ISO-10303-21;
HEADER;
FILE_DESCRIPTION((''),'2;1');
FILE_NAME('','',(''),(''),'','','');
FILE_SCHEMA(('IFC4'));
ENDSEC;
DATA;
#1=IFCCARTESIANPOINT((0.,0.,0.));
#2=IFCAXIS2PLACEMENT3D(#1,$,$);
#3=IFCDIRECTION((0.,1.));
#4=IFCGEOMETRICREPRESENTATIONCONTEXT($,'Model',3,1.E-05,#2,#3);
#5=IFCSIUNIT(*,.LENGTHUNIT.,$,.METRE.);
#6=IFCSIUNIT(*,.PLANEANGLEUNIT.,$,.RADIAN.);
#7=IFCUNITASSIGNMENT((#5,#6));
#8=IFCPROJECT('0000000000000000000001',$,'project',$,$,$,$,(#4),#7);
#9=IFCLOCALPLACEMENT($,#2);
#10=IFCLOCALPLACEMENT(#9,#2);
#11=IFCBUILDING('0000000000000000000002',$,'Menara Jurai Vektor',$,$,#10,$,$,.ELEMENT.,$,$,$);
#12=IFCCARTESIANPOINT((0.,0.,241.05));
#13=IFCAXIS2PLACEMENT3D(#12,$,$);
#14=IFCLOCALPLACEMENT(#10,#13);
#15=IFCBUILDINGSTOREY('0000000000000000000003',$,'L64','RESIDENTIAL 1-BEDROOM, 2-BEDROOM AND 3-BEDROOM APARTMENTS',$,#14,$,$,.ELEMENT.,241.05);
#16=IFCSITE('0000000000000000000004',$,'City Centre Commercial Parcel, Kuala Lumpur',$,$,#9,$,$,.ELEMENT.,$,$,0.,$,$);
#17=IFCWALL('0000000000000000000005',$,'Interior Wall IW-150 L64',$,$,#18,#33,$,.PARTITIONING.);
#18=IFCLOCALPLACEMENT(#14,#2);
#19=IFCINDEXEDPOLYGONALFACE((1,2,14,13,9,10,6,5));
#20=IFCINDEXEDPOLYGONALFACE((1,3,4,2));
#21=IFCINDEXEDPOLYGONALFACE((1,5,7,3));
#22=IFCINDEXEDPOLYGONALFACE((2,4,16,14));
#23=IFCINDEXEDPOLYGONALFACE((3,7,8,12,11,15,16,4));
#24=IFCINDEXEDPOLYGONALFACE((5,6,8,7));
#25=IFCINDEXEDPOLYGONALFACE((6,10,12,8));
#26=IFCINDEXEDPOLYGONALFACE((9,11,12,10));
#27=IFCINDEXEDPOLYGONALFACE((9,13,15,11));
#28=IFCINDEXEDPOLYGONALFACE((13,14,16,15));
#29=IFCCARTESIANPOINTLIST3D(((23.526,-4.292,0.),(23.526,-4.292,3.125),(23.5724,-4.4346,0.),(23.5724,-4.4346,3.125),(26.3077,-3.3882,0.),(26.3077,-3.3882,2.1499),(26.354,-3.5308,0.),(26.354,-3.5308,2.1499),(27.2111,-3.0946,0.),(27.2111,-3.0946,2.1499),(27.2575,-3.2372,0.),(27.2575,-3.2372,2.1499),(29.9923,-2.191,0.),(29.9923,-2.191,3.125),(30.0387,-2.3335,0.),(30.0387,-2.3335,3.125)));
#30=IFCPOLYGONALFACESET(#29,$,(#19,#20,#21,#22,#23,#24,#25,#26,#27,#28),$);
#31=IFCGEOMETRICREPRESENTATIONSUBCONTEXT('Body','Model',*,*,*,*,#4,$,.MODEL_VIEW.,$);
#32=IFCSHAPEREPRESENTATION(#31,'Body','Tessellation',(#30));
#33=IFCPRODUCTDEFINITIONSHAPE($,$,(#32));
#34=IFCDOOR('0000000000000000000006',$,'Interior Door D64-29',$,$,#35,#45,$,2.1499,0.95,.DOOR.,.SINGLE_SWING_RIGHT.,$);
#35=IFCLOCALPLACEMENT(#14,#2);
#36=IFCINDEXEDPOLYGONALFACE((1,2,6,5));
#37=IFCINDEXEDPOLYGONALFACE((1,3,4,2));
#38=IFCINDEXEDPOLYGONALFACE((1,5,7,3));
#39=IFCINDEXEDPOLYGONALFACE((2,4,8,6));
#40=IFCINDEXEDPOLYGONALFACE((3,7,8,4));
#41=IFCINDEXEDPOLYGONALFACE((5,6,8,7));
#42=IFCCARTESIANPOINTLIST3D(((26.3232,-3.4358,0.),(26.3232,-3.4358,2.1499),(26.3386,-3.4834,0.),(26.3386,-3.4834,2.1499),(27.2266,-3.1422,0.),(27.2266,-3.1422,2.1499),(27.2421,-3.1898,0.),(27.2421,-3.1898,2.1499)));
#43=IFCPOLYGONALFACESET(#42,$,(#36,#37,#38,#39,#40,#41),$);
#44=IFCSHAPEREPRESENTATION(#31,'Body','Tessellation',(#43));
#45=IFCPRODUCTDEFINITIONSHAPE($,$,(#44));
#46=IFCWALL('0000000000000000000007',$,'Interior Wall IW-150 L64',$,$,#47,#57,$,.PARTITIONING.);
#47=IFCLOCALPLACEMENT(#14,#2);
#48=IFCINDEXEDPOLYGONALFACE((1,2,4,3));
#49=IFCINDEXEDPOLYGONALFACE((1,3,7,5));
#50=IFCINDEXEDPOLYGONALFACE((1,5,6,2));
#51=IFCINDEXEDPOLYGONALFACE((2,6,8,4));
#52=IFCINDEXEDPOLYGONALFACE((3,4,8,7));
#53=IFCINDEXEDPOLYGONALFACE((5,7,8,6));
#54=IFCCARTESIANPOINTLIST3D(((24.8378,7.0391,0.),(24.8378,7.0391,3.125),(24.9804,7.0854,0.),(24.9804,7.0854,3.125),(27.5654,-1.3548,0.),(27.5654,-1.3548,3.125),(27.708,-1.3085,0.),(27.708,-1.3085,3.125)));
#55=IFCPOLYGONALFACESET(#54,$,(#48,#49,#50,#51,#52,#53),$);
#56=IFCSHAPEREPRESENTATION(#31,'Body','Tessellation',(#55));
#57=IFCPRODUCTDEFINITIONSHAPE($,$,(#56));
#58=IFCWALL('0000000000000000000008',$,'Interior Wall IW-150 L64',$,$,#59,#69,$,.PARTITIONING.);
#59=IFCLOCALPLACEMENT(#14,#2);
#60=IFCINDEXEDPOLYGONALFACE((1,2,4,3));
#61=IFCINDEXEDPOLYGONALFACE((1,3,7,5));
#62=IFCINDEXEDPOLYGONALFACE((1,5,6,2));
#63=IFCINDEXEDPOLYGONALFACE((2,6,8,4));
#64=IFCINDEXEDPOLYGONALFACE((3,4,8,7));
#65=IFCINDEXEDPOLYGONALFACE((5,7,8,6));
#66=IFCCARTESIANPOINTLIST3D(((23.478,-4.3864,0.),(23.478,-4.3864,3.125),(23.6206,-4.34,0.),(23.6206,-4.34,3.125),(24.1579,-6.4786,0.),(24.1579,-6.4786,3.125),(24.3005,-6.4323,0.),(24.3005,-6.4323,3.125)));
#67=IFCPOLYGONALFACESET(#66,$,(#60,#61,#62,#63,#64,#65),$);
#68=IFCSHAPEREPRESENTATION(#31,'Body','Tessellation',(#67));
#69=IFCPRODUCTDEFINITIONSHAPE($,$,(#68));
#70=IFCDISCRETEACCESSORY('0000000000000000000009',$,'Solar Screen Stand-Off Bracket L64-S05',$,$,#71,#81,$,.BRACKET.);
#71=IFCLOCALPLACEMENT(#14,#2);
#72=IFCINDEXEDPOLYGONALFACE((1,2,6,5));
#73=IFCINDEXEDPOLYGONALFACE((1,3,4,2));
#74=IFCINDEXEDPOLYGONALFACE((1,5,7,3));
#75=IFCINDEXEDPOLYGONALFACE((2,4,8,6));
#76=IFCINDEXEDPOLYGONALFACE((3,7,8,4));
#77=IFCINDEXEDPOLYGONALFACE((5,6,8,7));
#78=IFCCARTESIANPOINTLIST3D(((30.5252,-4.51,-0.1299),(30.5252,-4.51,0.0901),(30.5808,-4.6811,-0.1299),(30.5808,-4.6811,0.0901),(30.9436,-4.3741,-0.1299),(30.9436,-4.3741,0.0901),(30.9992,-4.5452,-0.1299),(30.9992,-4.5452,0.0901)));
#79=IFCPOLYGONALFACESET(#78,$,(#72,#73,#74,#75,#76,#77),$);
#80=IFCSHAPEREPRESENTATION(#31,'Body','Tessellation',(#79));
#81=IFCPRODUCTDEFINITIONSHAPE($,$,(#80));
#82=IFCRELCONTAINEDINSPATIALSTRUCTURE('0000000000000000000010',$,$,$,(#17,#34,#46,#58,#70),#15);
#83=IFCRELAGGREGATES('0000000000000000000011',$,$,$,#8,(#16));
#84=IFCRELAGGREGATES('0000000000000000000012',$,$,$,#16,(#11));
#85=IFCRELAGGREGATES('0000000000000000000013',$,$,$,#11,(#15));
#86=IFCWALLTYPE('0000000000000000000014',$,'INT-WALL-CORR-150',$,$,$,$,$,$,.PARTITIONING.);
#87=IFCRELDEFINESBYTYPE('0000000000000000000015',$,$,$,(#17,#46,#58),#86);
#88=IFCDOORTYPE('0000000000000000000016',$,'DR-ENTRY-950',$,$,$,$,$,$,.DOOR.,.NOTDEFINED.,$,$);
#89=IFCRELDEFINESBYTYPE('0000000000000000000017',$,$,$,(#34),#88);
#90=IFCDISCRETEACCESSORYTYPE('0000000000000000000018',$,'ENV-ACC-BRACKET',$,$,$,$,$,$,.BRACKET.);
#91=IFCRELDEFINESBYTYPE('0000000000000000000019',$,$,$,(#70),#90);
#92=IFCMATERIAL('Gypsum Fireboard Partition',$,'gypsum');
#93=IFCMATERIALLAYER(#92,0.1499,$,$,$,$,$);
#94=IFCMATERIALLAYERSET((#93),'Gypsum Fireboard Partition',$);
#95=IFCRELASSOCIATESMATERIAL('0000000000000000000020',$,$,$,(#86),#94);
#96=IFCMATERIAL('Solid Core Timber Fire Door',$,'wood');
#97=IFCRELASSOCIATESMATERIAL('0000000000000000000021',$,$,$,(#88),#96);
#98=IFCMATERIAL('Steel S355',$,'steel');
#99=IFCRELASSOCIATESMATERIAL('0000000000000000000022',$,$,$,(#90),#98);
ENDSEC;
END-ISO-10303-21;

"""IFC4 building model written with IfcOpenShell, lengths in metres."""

from ifc_helpers import new_model, si_unit, direction, frame, frame_2d, origin, origin_2d, place, context, subcontext, project, spatial, rectangle, extrude, material, layer, layer_set, type_object, element, fill, save


model = new_model("IFC4")

# Units and contexts
model_context = context("Model", 3, precision=1e-05, world=origin(), true_north=direction((0.0, 1.0)))
body_context = subcontext(model_context, "Body", "Model", "MODEL_VIEW")
ifc_project = project(units=[si_unit("LENGTHUNIT", "METRE"), si_unit("PLANEANGLEUNIT", "RADIAN")], contexts=[model_context])

# Site, building, storey
site_placement = place(None, origin())
site = spatial("IfcSite", under=ifc_project, at=site_placement, Name="City Centre Commercial Parcel, Kuala Lumpur", CompositionType="ELEMENT", RefElevation=0.0)
building_placement = place(site_placement, origin())
building = spatial("IfcBuilding", under=site, at=building_placement, Name="Menara Jurai Vektor", CompositionType="ELEMENT")
storey_placement = place(building_placement, frame((0.0, 0.0, 241.05)))
storey = spatial("IfcBuildingStorey", under=building, at=storey_placement, Name="L64", Description="RESIDENTIAL 1-BEDROOM, 2-BEDROOM AND 3-BEDROOM APARTMENTS", CompositionType="ELEMENT", Elevation=241.05)

# Shared definitions
ifc_material_1 = material(Name="Steel S355", Category="steel")

# Wall, opening, door
ifc_material_2 = material(Name="Gypsum Fireboard Partition", Category="gypsum")
ifc_layer_1 = layer(ifc_material_2, 0.1499)
ifc_layer_set_1 = layer_set([ifc_layer_1], Name="Gypsum Fireboard Partition")
wall_type = type_object("IfcWallType", Name="INT-WALL-CORR-150", PredefinedType="PARTITIONING", material=ifc_layer_set_1)
wall_1_placement = place(storey_placement, frame((23.5493, -4.3633, 0.0), z_axis=(0.0, 0.0, 1.0), x_axis=(0.951055, 0.309023, 0.0)))
wall_1 = element("IfcWall", 1, at=wall_1_placement, inside=storey, type_object=wall_type, Name="Interior Wall IW-150 L64", PredefinedType="PARTITIONING", context=body_context, shape_type="SweptSolid", body=[
    extrude(rectangle(XDim=6.7991, YDim=0.1499, at=frame_2d((3.3994, 0.0))), origin(), (0.0, 0.0, 1.0), 3.125),
])
opening_placement = place(wall_1_placement, frame((2.9246, 0.0, 0.0)))
opening = element("IfcOpeningElement", 2, at=opening_placement, cuts=wall_1, PredefinedType="OPENING", context=body_context, shape_type="SweptSolid", body=[
    extrude(rectangle(XDim=0.95, YDim=2.1499, at=frame_2d((0.4751, 1.075))), frame((0.0, 0.085, 0.0), z_axis=(0.0, -1.0, 0.0), x_axis=(1.0, 0.0, 0.0)), (0.0, 0.0, 1.0), 0.1699),
])
ifc_material_3 = material(Name="Solid Core Timber Fire Door", Category="wood")
door_type = type_object("IfcDoorType", Name="DR-ENTRY-950", OperationType="NOTDEFINED", PredefinedType="DOOR", material=ifc_material_3)
door_placement = place(opening_placement, origin())
door = element("IfcDoor", 3, at=door_placement, inside=storey, type_object=door_type, Name="Interior Door D64-29", OperationType="SINGLE_SWING_RIGHT", OverallHeight=2.1499, OverallWidth=0.95, PredefinedType="DOOR", context=body_context, shape_type="SweptSolid", body=[
    extrude(rectangle(XDim=0.95, YDim=2.1499, at=frame_2d((0.4751, 1.075))), frame((0.0, 0.0249, 0.0), z_axis=(0.0, -1.0, 0.0), x_axis=(1.0, 0.0, 0.0)), (0.0, 0.0, 1.0), 0.05),
])
fill(opening, door)

# Walls
wall_2_placement = place(storey_placement, frame((27.6367, -1.3318, 0.0), z_axis=(0.0, 0.0, 1.0), x_axis=(-0.30904, 0.951049, 0.0)))
element("IfcWall", 4, at=wall_2_placement, inside=storey, type_object=wall_type, Name="Interior Wall IW-150 L64", PredefinedType="PARTITIONING", context=body_context, shape_type="SweptSolid", body=[
    extrude(rectangle(XDim=8.8259, YDim=0.1499, at=frame_2d((4.4131, 0.0))), origin(), (0.0, 0.0, 1.0), 3.125),
])
wall_3_placement = place(storey_placement, frame((24.2292, -6.4556, 0.0), z_axis=(0.0, 0.0, 1.0), x_axis=(-0.309061, 0.951042, 0.0)))
element("IfcWall", 5, at=wall_3_placement, inside=storey, type_object=wall_type, Name="Interior Wall IW-150 L64", PredefinedType="PARTITIONING", context=body_context, shape_type="SweptSolid", body=[
    extrude(rectangle(XDim=2.2, YDim=0.1499, at=frame_2d((1.1001, 0.0))), origin(), (0.0, 0.0, 1.0), 3.125),
])

# Discrete accessory
discrete_accessory_type = type_object("IfcDiscreteAccessoryType", Name="ENV-ACC-BRACKET", PredefinedType="BRACKET", material=ifc_material_1)
discrete_accessory_placement = place(storey_placement, frame((30.7622, -4.5276, -0.1299), z_axis=(0.0, 0.0, 1.0), x_axis=(-0.309017, 0.951057, 0.0)))
element("IfcDiscreteAccessory", 6, at=discrete_accessory_placement, inside=storey, type_object=discrete_accessory_type, Name="Solar Screen Stand-Off Bracket L64-S05", PredefinedType="BRACKET", context=body_context, shape_type="SweptSolid", body=[
    extrude(rectangle(XDim=0.1799, YDim=0.4399, at=origin_2d()), origin(), (0.0, 0.0, 1.0), 0.22),
])

save(model, "model.ifc")
